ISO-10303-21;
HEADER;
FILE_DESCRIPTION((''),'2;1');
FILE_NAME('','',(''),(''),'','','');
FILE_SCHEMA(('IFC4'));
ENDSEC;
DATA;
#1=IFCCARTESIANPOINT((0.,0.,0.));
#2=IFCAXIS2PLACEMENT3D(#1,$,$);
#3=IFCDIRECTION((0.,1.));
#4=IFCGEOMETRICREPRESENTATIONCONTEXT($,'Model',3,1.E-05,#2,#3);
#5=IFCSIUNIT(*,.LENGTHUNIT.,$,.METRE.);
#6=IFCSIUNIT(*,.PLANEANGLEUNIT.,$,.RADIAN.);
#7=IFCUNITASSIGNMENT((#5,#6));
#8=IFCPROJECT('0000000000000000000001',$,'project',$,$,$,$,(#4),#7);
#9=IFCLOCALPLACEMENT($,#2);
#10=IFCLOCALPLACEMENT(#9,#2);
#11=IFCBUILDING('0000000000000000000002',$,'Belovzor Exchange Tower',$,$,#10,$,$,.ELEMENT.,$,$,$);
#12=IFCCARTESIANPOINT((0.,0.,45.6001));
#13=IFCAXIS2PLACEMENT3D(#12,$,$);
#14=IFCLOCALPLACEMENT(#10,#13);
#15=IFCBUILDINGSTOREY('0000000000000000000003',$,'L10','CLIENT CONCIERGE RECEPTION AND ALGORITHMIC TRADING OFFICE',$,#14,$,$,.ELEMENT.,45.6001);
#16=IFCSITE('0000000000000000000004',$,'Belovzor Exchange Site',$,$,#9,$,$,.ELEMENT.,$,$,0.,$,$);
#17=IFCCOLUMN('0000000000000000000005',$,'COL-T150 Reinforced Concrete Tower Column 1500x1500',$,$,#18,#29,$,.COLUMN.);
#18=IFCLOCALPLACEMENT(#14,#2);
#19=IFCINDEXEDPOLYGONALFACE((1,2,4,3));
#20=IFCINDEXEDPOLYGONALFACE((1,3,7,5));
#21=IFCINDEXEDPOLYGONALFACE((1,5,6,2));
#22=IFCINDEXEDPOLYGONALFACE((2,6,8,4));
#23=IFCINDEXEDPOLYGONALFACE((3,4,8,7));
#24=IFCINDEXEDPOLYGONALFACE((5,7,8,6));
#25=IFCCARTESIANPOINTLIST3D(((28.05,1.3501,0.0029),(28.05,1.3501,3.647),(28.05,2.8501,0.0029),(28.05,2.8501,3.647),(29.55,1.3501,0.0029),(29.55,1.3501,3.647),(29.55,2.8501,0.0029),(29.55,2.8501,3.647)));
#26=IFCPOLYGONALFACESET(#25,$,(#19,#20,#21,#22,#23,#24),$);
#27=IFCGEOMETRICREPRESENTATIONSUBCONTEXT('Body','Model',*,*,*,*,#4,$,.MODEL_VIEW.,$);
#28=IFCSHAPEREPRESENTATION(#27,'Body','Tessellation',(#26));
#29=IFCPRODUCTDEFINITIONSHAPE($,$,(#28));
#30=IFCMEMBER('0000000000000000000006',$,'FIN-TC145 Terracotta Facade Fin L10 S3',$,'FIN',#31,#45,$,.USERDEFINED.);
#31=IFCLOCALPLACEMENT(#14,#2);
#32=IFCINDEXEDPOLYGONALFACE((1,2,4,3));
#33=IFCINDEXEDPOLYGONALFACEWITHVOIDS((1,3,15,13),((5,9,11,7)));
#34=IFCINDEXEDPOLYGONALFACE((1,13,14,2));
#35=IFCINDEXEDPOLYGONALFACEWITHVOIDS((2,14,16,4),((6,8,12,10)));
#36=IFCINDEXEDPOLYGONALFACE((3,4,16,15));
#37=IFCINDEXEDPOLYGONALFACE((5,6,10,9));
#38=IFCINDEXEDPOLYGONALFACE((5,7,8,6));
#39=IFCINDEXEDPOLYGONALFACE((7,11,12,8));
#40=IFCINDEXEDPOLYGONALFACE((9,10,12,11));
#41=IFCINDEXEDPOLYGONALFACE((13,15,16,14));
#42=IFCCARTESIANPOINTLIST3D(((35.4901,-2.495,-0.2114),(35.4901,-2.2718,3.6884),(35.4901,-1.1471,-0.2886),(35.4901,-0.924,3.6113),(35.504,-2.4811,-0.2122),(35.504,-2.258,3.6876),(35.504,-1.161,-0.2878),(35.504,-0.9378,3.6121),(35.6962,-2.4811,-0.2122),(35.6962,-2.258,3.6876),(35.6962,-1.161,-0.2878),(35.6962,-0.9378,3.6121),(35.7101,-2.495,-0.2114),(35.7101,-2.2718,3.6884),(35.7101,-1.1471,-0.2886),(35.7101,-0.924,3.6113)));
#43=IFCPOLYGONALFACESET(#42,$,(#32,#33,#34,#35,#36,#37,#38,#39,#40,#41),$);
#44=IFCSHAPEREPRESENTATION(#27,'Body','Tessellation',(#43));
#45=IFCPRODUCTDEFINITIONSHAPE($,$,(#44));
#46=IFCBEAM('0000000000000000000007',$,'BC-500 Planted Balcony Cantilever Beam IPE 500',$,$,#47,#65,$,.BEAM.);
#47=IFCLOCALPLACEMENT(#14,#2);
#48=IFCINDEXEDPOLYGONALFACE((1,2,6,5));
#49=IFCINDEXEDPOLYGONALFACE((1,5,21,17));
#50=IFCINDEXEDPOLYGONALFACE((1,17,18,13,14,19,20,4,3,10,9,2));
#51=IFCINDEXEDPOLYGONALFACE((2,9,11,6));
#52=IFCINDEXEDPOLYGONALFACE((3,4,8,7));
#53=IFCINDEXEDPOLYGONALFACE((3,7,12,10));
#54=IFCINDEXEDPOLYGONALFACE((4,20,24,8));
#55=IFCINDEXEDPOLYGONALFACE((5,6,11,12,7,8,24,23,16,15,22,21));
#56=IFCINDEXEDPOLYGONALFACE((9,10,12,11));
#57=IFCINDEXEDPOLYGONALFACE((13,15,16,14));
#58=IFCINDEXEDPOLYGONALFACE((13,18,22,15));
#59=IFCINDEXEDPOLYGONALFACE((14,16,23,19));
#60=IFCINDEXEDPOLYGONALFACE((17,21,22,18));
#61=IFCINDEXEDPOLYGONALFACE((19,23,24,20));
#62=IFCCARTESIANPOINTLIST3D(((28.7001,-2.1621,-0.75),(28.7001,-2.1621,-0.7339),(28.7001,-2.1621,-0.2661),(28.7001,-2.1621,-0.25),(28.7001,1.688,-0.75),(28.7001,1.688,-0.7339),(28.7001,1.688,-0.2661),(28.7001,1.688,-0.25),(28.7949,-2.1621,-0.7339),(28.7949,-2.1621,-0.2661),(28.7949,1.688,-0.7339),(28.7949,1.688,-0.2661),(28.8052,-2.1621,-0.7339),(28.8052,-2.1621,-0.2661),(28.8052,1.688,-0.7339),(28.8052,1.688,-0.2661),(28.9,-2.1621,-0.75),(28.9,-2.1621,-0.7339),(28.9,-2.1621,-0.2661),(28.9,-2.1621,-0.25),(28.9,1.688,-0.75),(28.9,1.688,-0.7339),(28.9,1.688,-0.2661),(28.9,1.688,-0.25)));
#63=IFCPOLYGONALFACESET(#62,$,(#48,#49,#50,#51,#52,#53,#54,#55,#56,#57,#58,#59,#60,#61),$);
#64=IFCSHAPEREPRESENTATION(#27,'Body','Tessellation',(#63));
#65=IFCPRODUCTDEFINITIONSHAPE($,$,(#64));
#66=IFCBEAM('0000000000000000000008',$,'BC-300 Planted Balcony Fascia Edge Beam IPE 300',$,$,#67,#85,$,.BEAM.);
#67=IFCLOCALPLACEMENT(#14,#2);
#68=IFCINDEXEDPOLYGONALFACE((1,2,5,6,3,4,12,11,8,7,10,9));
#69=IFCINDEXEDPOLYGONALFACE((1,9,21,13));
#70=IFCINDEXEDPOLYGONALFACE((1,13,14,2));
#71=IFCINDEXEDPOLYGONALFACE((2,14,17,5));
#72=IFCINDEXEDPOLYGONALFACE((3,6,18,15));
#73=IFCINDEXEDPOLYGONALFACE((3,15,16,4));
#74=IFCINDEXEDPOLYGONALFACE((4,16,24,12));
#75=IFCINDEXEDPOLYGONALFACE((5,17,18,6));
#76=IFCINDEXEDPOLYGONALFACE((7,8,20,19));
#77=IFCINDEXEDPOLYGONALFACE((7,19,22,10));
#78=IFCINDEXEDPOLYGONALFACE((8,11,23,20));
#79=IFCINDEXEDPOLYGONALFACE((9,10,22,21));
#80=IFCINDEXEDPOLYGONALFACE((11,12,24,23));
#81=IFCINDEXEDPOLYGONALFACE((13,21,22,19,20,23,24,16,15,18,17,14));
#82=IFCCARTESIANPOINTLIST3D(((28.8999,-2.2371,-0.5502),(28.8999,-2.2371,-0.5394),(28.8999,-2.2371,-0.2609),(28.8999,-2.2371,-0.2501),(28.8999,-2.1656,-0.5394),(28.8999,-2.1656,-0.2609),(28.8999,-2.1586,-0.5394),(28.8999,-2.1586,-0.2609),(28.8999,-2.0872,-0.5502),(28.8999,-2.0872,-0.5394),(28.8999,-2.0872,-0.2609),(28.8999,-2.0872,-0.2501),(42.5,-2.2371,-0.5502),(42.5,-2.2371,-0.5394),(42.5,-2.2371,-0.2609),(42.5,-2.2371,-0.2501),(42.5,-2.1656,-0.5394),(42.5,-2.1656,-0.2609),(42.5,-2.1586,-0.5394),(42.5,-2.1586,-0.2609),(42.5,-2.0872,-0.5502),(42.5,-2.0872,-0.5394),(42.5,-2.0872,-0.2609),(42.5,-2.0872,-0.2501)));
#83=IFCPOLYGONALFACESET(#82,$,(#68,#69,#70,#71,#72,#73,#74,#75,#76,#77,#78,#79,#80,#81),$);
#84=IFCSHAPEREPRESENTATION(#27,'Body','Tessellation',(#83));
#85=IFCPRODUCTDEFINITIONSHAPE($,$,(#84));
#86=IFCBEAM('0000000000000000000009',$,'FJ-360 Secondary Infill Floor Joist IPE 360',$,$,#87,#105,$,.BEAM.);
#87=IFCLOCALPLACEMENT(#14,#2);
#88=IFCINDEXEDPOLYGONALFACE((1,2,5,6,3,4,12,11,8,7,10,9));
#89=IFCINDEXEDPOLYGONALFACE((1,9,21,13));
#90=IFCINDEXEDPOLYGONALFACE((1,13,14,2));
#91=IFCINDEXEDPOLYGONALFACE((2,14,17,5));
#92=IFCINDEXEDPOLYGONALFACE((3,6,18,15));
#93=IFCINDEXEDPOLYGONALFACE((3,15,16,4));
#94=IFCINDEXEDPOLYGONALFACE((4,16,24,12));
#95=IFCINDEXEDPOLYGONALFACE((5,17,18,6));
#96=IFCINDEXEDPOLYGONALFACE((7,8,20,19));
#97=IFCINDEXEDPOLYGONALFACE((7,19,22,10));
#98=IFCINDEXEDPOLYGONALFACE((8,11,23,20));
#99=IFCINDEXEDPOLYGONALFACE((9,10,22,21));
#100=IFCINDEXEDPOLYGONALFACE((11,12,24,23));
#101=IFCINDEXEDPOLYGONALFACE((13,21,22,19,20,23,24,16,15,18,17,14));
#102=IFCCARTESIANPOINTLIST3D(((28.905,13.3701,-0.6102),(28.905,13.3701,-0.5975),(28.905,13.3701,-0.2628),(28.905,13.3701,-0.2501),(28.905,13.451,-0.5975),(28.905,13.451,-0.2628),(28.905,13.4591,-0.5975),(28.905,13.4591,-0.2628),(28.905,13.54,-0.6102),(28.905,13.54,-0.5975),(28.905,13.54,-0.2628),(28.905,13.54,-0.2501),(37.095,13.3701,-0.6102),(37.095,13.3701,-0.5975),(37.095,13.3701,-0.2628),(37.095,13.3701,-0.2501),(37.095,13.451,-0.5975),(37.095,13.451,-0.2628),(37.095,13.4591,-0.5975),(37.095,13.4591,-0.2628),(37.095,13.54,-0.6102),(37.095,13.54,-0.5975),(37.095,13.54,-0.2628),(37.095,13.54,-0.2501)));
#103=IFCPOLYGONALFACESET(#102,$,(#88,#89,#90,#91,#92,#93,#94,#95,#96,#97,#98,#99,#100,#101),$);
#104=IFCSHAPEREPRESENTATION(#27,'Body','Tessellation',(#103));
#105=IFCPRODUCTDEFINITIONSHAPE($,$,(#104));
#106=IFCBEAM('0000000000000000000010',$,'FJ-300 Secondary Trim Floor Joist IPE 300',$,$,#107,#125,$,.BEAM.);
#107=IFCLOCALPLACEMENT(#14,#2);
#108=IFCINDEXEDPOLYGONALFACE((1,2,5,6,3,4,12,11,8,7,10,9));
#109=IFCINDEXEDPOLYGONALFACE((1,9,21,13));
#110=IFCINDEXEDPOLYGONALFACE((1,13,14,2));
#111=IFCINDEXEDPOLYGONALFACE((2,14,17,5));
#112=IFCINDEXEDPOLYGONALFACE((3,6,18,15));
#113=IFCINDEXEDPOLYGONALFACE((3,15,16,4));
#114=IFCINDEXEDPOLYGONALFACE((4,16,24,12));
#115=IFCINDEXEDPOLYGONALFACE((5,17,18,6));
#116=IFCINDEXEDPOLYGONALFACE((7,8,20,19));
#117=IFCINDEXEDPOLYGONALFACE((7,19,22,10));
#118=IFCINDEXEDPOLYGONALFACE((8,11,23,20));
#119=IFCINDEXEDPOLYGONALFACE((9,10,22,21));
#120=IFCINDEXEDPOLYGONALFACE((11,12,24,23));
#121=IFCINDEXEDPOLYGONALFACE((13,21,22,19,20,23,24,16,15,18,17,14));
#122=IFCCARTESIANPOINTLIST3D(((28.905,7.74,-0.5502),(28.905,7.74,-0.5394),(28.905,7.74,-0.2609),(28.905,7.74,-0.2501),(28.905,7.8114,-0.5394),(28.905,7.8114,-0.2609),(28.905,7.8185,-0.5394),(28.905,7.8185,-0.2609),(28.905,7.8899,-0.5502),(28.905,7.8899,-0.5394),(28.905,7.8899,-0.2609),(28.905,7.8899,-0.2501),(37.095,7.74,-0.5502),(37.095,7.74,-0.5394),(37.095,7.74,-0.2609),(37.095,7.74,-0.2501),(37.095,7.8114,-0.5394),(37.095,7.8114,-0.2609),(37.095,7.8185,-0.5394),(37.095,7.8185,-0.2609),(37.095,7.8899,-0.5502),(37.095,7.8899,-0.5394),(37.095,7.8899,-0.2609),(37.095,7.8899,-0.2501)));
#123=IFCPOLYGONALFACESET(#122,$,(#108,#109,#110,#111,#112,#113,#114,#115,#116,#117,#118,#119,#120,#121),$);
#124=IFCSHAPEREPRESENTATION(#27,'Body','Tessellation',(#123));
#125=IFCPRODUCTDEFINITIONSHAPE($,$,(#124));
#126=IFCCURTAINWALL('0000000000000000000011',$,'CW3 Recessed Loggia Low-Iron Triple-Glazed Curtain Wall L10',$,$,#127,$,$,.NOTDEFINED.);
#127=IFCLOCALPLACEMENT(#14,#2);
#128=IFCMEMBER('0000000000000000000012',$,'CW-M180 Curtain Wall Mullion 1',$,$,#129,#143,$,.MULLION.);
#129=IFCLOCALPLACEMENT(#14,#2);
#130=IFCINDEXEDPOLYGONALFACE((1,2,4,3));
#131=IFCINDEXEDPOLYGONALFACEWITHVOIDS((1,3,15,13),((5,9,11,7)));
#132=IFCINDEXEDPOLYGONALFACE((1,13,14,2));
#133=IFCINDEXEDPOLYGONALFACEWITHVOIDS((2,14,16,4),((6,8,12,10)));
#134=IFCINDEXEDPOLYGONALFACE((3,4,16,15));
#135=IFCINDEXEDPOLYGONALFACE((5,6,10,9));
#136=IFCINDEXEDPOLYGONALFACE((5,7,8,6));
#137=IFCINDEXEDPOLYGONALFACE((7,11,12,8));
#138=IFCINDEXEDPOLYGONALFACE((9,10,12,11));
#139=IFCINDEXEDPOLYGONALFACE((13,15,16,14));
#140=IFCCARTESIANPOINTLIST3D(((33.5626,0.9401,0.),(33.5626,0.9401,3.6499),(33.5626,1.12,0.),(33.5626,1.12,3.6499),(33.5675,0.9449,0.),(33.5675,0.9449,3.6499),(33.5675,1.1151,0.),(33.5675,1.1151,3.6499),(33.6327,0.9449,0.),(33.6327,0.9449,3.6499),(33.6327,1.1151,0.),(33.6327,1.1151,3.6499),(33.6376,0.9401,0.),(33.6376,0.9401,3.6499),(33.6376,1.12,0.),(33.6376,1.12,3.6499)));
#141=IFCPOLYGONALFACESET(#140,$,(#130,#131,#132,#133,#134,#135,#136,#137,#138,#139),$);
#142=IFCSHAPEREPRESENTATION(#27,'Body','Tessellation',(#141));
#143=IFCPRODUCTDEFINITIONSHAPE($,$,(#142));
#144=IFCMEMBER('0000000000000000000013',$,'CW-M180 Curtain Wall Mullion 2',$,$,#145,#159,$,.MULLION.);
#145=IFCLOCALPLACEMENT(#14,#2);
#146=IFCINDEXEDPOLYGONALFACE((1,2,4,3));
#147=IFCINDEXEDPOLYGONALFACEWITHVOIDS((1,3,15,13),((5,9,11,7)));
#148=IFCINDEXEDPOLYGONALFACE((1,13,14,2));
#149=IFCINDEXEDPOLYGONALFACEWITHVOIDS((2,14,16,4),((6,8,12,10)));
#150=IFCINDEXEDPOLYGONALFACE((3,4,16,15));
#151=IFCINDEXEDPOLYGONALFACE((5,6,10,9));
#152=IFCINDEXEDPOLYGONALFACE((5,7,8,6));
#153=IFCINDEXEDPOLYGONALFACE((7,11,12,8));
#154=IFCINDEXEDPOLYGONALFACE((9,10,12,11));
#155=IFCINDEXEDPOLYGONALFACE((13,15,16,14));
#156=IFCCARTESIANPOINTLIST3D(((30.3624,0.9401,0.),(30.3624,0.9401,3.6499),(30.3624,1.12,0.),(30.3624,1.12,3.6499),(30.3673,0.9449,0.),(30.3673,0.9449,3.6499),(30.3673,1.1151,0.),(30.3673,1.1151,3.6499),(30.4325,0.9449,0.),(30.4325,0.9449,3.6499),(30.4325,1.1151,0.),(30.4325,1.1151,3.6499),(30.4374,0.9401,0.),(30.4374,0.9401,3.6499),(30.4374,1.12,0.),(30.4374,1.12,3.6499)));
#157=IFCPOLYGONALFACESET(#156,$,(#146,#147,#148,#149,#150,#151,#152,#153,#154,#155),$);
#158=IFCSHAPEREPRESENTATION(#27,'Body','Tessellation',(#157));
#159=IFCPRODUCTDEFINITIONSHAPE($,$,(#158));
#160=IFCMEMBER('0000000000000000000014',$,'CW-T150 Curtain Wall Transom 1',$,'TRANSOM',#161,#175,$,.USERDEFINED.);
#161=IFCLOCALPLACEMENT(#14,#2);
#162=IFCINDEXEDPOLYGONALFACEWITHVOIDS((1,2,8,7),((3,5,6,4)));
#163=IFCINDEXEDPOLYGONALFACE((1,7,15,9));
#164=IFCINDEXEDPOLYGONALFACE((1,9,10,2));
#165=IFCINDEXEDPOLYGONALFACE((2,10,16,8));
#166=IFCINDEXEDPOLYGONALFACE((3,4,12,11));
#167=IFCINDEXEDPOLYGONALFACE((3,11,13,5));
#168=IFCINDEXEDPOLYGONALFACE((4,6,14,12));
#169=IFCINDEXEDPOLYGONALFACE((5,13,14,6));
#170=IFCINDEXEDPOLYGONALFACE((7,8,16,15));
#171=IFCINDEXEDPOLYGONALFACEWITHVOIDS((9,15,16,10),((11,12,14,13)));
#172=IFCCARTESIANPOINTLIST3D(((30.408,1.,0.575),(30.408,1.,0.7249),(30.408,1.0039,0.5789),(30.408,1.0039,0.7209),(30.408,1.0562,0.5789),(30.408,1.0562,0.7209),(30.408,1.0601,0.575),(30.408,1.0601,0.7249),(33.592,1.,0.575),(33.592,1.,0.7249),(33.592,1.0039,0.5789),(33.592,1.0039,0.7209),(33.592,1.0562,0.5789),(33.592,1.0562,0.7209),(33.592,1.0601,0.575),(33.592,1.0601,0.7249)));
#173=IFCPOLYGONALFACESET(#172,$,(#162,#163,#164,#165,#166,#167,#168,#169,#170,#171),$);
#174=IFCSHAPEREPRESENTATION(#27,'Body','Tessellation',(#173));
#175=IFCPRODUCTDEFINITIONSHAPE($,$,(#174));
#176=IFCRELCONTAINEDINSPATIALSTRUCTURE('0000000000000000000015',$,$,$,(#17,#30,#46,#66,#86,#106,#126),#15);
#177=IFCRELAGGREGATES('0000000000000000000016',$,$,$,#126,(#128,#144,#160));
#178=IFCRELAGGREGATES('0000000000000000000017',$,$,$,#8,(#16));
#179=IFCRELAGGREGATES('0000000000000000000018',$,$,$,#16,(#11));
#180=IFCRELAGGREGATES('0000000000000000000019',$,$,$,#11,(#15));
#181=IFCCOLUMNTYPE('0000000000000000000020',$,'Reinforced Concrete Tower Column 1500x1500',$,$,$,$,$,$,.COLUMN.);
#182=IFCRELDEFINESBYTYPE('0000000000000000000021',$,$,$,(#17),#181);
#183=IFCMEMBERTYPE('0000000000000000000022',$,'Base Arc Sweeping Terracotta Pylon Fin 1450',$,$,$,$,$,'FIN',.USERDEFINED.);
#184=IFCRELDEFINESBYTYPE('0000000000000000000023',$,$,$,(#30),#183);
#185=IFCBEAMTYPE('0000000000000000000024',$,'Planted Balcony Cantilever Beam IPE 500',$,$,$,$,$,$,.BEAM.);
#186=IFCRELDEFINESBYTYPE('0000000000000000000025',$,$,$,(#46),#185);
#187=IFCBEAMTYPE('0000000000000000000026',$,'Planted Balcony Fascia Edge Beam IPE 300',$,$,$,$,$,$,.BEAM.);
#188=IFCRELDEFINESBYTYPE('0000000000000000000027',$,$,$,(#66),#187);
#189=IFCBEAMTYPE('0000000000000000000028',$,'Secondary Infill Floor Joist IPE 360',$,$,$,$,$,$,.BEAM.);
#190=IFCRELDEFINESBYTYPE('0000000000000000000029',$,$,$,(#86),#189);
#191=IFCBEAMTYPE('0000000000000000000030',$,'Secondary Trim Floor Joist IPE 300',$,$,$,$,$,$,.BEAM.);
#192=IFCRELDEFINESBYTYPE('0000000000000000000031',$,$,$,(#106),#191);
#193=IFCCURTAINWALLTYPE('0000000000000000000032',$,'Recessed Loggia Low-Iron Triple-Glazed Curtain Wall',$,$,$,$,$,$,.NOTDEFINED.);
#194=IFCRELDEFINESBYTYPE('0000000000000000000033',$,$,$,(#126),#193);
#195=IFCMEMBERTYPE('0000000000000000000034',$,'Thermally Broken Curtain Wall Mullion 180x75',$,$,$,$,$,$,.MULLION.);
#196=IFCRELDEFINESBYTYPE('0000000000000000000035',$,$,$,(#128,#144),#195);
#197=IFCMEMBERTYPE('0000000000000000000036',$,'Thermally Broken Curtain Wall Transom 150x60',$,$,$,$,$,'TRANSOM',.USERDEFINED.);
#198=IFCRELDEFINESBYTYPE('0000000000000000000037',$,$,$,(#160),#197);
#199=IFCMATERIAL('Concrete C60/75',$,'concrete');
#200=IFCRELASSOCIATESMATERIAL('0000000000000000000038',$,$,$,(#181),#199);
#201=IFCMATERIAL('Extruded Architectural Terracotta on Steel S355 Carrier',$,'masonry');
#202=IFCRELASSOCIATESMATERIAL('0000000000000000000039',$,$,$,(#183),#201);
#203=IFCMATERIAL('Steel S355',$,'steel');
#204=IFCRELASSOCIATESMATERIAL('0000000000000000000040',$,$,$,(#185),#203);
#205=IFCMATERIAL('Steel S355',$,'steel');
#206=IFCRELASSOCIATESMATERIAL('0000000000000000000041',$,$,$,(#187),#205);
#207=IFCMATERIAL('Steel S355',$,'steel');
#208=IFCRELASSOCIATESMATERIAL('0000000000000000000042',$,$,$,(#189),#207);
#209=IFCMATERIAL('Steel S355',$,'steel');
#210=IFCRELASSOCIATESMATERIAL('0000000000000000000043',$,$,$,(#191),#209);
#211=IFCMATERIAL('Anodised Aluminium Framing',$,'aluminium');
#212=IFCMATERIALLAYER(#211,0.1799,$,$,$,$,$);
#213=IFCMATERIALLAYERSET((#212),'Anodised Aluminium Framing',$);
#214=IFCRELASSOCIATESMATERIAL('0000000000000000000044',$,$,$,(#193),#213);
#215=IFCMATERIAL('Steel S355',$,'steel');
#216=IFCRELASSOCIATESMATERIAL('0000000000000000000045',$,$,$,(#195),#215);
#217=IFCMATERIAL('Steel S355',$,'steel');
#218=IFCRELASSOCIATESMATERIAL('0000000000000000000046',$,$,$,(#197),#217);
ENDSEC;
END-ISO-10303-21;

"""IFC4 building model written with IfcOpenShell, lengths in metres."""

from ifc_helpers import new_model, si_unit, direction, frame, origin, origin_2d, place, context, subcontext, project, spatial, rectangle, hollow_rectangle, i_section, extrude, material, layer, layer_set, material_profile, profile_set, type_object, element, aggregate, save


model = new_model("IFC4")

# Units and contexts
model_context = context("Model", 3, precision=1e-05, world=origin(), true_north=direction((0.0, 1.0)))
body_context = subcontext(model_context, "Body", "Model", "MODEL_VIEW")
ifc_project = project(units=[si_unit("LENGTHUNIT", "METRE"), si_unit("PLANEANGLEUNIT", "RADIAN")], contexts=[model_context])

# Site, building, storey
site_placement = place(None, origin())
site = spatial("IfcSite", under=ifc_project, at=site_placement, Name="Belovzor Exchange Site", CompositionType="ELEMENT", RefElevation=0.0)
building_placement = place(site_placement, origin())
building = spatial("IfcBuilding", under=site, at=building_placement, Name="Belovzor Exchange Tower", CompositionType="ELEMENT")
storey_placement = place(building_placement, frame((0.0, 0.0, 45.6001)))
storey = spatial("IfcBuildingStorey", under=building, at=storey_placement, Name="L10", Description="CLIENT CONCIERGE RECEPTION AND ALGORITHMIC TRADING OFFICE", CompositionType="ELEMENT", Elevation=45.6001)

# Column
ifc_material_1 = material(Name="Concrete C60/75", Category="concrete")
ifc_material_profile_1 = material_profile(ifc_material_1, rectangle(XDim=1.5, YDim=1.5, at=origin_2d()))
ifc_profile_set_1 = profile_set([ifc_material_profile_1], Name="Concrete C60/75")
column_type = type_object("IfcColumnType", Name="Reinforced Concrete Tower Column 1500x1500", PredefinedType="COLUMN", material=ifc_profile_set_1)
column_placement = place(storey_placement, frame((28.8, 2.1001, 0.0029), z_axis=(0.0, 0.0, 1.0), x_axis=(1.0, 0.0, 0.0)))
element("IfcColumn", 1, at=column_placement, inside=storey, type_object=column_type, Name="COL-T150 Reinforced Concrete Tower Column 1500x1500", PredefinedType="COLUMN", context=body_context, shape_type="SweptSolid", body=[
    extrude(rectangle(XDim=1.5, YDim=1.5, at=origin_2d()), origin(), (0.0, 0.0, 1.0), 3.644),
])

# Member
ifc_material_2 = material(Name="Extruded Architectural Terracotta on Steel S355 Carrier", Category="masonry")
ifc_material_profile_2 = material_profile(ifc_material_2, hollow_rectangle(XDim=0.22, YDim=1.3501, WallThickness=0.0139, at=origin_2d()))
ifc_profile_set_2 = profile_set([ifc_material_profile_2], Name="Extruded Architectural Terracotta on Steel S355 Carrier")
member_type_1 = type_object("IfcMemberType", Name="Base Arc Sweeping Terracotta Pylon Fin 1450", ElementType="FIN", PredefinedType="USERDEFINED", material=ifc_profile_set_2)
member_1_placement = place(storey_placement, frame((35.6001, -1.821, -0.25), z_axis=(0.0, 0.057125, 0.998367), x_axis=(-1.0, 0.0, 0.0)))
element("IfcMember", 2, at=member_1_placement, inside=storey, type_object=member_type_1, Name="FIN-TC145 Terracotta Facade Fin L10 S3", ObjectType="FIN", PredefinedType="USERDEFINED", context=body_context, shape_type="SweptSolid", body=[
    extrude(hollow_rectangle(XDim=0.22, YDim=1.3501, WallThickness=0.0139, at=origin_2d()), origin(), (0.0, 0.0, 1.0), 3.9062),
])

# Beams
ifc_material_3 = material(Name="Steel S355", Category="steel")
ifc_material_profile_3 = material_profile(ifc_material_3, i_section(OverallWidth=0.2, OverallDepth=0.5, WebThickness=0.0103, FlangeThickness=0.0161, at=origin_2d()))
ifc_profile_set_3 = profile_set([ifc_material_profile_3], Name="Steel S355")
beam_type_1 = type_object("IfcBeamType", Name="Planted Balcony Cantilever Beam IPE 500", PredefinedType="BEAM", material=ifc_profile_set_3)
beam_1_placement = place(storey_placement, frame((28.8, 1.688, -0.5), z_axis=(0.0, -1.0, 0.0), x_axis=(1.0, 0.0, 0.0)))
element("IfcBeam", 3, at=beam_1_placement, inside=storey, type_object=beam_type_1, Name="BC-500 Planted Balcony Cantilever Beam IPE 500", PredefinedType="BEAM", context=body_context, shape_type="SweptSolid", body=[
    extrude(i_section(OverallWidth=0.2, OverallDepth=0.5, WebThickness=0.0103, FlangeThickness=0.0161, at=origin_2d()), origin(), (0.0, 0.0, 1.0), 3.8501),
])
ifc_material_4 = material(Name="Steel S355", Category="steel")
ifc_material_profile_4 = material_profile(ifc_material_4, i_section(OverallWidth=0.1499, OverallDepth=0.3, WebThickness=0.0071, FlangeThickness=0.0107, at=origin_2d()))
ifc_profile_set_4 = profile_set([ifc_material_profile_4], Name="Steel S355")
beam_type_2 = type_object("IfcBeamType", Name="Planted Balcony Fascia Edge Beam IPE 300", PredefinedType="BEAM", material=ifc_profile_set_4)
beam_2_placement = place(storey_placement, frame((28.8999, -2.1621, -0.4001), z_axis=(1.0, 0.0, 0.0), x_axis=(0.0, 1.0, 0.0)))
element("IfcBeam", 4, at=beam_2_placement, inside=storey, type_object=beam_type_2, Name="BC-300 Planted Balcony Fascia Edge Beam IPE 300", PredefinedType="BEAM", context=body_context, shape_type="SweptSolid", body=[
    extrude(i_section(OverallWidth=0.1499, OverallDepth=0.3, WebThickness=0.0071, FlangeThickness=0.0107, at=origin_2d()), origin(), (0.0, 0.0, 1.0), 13.6001),
])
ifc_material_5 = material(Name="Steel S355", Category="steel")
ifc_material_profile_5 = material_profile(ifc_material_5, i_section(OverallWidth=0.1699, OverallDepth=0.3601, WebThickness=0.0081, FlangeThickness=0.0127, at=origin_2d()))
ifc_profile_set_5 = profile_set([ifc_material_profile_5], Name="Steel S355")
beam_type_3 = type_object("IfcBeamType", Name="Secondary Infill Floor Joist IPE 360", PredefinedType="BEAM", material=ifc_profile_set_5)
beam_3_placement = place(storey_placement, frame((28.905, 13.4551, -0.4302), z_axis=(1.0, 0.0, 0.0), x_axis=(0.0, 1.0, 0.0)))
element("IfcBeam", 5, at=beam_3_placement, inside=storey, type_object=beam_type_3, Name="FJ-360 Secondary Infill Floor Joist IPE 360", PredefinedType="BEAM", context=body_context, shape_type="SweptSolid", body=[
    extrude(i_section(OverallWidth=0.1699, OverallDepth=0.3601, WebThickness=0.0081, FlangeThickness=0.0127, at=origin_2d()), origin(), (0.0, 0.0, 1.0), 8.1899),
])
ifc_material_6 = material(Name="Steel S355", Category="steel")
ifc_material_profile_6 = material_profile(ifc_material_6, i_section(OverallWidth=0.1499, OverallDepth=0.3, WebThickness=0.0071, FlangeThickness=0.0107, at=origin_2d()))
ifc_profile_set_6 = profile_set([ifc_material_profile_6], Name="Steel S355")
beam_type_4 = type_object("IfcBeamType", Name="Secondary Trim Floor Joist IPE 300", PredefinedType="BEAM", material=ifc_profile_set_6)
beam_4_placement = place(storey_placement, frame((28.905, 7.8149, -0.4001), z_axis=(1.0, 0.0, 0.0), x_axis=(0.0, 1.0, 0.0)))
element("IfcBeam", 6, at=beam_4_placement, inside=storey, type_object=beam_type_4, Name="FJ-300 Secondary Trim Floor Joist IPE 300", PredefinedType="BEAM", context=body_context, shape_type="SweptSolid", body=[
    extrude(i_section(OverallWidth=0.1499, OverallDepth=0.3, WebThickness=0.0071, FlangeThickness=0.0107, at=origin_2d()), origin(), (0.0, 0.0, 1.0), 8.1899),
])

# Curtain wall, members
ifc_material_7 = material(Name="Anodised Aluminium Framing", Category="aluminium")
ifc_layer_1 = layer(ifc_material_7, 0.1799)
ifc_layer_set_1 = layer_set([ifc_layer_1], Name="Anodised Aluminium Framing")
curtain_wall_type = type_object("IfcCurtainWallType", Name="Recessed Loggia Low-Iron Triple-Glazed Curtain Wall", PredefinedType="NOTDEFINED", material=ifc_layer_set_1)
curtain_wall_placement = place(storey_placement, origin())
curtain_wall = element("IfcCurtainWall", 7, at=curtain_wall_placement, inside=storey, type_object=curtain_wall_type, Name="CW3 Recessed Loggia Low-Iron Triple-Glazed Curtain Wall L10", PredefinedType="NOTDEFINED")
ifc_material_8 = material(Name="Steel S355", Category="steel")
ifc_material_profile_7 = material_profile(ifc_material_8, hollow_rectangle(XDim=0.075, YDim=0.1799, WallThickness=0.0049, at=origin_2d()))
ifc_profile_set_7 = profile_set([ifc_material_profile_7], Name="Steel S355")
member_type_2 = type_object("IfcMemberType", Name="Thermally Broken Curtain Wall Mullion 180x75", PredefinedType="MULLION", material=ifc_profile_set_7)
member_2_placement = place(storey_placement, frame((33.6001, 1.03, 0.0), z_axis=(0.0, 0.0, 1.0), x_axis=(-1.0, 0.0, 0.0)))
member_2 = element("IfcMember", 8, at=member_2_placement, type_object=member_type_2, Name="CW-M180 Curtain Wall Mullion 1", PredefinedType="MULLION", context=body_context, shape_type="SweptSolid", body=[
    extrude(hollow_rectangle(XDim=0.075, YDim=0.1799, WallThickness=0.0049, at=origin_2d()), origin(), (0.0, 0.0, 1.0), 3.6499),
])
member_3_placement = place(storey_placement, frame((30.3999, 1.03, 0.0), z_axis=(0.0, 0.0, 1.0), x_axis=(-1.0, 0.0, 0.0)))
member_3 = element("IfcMember", 9, at=member_3_placement, type_object=member_type_2, Name="CW-M180 Curtain Wall Mullion 2", PredefinedType="MULLION", context=body_context, shape_type="SweptSolid", body=[
    extrude(hollow_rectangle(XDim=0.075, YDim=0.1799, WallThickness=0.0049, at=origin_2d()), origin(), (0.0, 0.0, 1.0), 3.6499),
])
ifc_material_9 = material(Name="Steel S355", Category="steel")
ifc_material_profile_8 = material_profile(ifc_material_9, hollow_rectangle(XDim=0.0601, YDim=0.1499, WallThickness=0.0039, at=origin_2d()))
ifc_profile_set_8 = profile_set([ifc_material_profile_8], Name="Steel S355")
member_type_3 = type_object("IfcMemberType", Name="Thermally Broken Curtain Wall Transom 150x60", ElementType="TRANSOM", PredefinedType="USERDEFINED", material=ifc_profile_set_8)
member_4_placement = place(storey_placement, frame((33.592, 1.03, 0.6499), z_axis=(-1.0, 0.0, 0.0), x_axis=(0.0, -1.0, 0.0)))
member_4 = element("IfcMember", 10, at=member_4_placement, type_object=member_type_3, Name="CW-T150 Curtain Wall Transom 1", ObjectType="TRANSOM", PredefinedType="USERDEFINED", context=body_context, shape_type="SweptSolid", body=[
    extrude(hollow_rectangle(XDim=0.0601, YDim=0.1499, WallThickness=0.0039, at=origin_2d()), origin(), (0.0, 0.0, 1.0), 3.1841),
])

aggregate(curtain_wall, [member_2, member_3, member_4])

save(model, "model.ifc")
